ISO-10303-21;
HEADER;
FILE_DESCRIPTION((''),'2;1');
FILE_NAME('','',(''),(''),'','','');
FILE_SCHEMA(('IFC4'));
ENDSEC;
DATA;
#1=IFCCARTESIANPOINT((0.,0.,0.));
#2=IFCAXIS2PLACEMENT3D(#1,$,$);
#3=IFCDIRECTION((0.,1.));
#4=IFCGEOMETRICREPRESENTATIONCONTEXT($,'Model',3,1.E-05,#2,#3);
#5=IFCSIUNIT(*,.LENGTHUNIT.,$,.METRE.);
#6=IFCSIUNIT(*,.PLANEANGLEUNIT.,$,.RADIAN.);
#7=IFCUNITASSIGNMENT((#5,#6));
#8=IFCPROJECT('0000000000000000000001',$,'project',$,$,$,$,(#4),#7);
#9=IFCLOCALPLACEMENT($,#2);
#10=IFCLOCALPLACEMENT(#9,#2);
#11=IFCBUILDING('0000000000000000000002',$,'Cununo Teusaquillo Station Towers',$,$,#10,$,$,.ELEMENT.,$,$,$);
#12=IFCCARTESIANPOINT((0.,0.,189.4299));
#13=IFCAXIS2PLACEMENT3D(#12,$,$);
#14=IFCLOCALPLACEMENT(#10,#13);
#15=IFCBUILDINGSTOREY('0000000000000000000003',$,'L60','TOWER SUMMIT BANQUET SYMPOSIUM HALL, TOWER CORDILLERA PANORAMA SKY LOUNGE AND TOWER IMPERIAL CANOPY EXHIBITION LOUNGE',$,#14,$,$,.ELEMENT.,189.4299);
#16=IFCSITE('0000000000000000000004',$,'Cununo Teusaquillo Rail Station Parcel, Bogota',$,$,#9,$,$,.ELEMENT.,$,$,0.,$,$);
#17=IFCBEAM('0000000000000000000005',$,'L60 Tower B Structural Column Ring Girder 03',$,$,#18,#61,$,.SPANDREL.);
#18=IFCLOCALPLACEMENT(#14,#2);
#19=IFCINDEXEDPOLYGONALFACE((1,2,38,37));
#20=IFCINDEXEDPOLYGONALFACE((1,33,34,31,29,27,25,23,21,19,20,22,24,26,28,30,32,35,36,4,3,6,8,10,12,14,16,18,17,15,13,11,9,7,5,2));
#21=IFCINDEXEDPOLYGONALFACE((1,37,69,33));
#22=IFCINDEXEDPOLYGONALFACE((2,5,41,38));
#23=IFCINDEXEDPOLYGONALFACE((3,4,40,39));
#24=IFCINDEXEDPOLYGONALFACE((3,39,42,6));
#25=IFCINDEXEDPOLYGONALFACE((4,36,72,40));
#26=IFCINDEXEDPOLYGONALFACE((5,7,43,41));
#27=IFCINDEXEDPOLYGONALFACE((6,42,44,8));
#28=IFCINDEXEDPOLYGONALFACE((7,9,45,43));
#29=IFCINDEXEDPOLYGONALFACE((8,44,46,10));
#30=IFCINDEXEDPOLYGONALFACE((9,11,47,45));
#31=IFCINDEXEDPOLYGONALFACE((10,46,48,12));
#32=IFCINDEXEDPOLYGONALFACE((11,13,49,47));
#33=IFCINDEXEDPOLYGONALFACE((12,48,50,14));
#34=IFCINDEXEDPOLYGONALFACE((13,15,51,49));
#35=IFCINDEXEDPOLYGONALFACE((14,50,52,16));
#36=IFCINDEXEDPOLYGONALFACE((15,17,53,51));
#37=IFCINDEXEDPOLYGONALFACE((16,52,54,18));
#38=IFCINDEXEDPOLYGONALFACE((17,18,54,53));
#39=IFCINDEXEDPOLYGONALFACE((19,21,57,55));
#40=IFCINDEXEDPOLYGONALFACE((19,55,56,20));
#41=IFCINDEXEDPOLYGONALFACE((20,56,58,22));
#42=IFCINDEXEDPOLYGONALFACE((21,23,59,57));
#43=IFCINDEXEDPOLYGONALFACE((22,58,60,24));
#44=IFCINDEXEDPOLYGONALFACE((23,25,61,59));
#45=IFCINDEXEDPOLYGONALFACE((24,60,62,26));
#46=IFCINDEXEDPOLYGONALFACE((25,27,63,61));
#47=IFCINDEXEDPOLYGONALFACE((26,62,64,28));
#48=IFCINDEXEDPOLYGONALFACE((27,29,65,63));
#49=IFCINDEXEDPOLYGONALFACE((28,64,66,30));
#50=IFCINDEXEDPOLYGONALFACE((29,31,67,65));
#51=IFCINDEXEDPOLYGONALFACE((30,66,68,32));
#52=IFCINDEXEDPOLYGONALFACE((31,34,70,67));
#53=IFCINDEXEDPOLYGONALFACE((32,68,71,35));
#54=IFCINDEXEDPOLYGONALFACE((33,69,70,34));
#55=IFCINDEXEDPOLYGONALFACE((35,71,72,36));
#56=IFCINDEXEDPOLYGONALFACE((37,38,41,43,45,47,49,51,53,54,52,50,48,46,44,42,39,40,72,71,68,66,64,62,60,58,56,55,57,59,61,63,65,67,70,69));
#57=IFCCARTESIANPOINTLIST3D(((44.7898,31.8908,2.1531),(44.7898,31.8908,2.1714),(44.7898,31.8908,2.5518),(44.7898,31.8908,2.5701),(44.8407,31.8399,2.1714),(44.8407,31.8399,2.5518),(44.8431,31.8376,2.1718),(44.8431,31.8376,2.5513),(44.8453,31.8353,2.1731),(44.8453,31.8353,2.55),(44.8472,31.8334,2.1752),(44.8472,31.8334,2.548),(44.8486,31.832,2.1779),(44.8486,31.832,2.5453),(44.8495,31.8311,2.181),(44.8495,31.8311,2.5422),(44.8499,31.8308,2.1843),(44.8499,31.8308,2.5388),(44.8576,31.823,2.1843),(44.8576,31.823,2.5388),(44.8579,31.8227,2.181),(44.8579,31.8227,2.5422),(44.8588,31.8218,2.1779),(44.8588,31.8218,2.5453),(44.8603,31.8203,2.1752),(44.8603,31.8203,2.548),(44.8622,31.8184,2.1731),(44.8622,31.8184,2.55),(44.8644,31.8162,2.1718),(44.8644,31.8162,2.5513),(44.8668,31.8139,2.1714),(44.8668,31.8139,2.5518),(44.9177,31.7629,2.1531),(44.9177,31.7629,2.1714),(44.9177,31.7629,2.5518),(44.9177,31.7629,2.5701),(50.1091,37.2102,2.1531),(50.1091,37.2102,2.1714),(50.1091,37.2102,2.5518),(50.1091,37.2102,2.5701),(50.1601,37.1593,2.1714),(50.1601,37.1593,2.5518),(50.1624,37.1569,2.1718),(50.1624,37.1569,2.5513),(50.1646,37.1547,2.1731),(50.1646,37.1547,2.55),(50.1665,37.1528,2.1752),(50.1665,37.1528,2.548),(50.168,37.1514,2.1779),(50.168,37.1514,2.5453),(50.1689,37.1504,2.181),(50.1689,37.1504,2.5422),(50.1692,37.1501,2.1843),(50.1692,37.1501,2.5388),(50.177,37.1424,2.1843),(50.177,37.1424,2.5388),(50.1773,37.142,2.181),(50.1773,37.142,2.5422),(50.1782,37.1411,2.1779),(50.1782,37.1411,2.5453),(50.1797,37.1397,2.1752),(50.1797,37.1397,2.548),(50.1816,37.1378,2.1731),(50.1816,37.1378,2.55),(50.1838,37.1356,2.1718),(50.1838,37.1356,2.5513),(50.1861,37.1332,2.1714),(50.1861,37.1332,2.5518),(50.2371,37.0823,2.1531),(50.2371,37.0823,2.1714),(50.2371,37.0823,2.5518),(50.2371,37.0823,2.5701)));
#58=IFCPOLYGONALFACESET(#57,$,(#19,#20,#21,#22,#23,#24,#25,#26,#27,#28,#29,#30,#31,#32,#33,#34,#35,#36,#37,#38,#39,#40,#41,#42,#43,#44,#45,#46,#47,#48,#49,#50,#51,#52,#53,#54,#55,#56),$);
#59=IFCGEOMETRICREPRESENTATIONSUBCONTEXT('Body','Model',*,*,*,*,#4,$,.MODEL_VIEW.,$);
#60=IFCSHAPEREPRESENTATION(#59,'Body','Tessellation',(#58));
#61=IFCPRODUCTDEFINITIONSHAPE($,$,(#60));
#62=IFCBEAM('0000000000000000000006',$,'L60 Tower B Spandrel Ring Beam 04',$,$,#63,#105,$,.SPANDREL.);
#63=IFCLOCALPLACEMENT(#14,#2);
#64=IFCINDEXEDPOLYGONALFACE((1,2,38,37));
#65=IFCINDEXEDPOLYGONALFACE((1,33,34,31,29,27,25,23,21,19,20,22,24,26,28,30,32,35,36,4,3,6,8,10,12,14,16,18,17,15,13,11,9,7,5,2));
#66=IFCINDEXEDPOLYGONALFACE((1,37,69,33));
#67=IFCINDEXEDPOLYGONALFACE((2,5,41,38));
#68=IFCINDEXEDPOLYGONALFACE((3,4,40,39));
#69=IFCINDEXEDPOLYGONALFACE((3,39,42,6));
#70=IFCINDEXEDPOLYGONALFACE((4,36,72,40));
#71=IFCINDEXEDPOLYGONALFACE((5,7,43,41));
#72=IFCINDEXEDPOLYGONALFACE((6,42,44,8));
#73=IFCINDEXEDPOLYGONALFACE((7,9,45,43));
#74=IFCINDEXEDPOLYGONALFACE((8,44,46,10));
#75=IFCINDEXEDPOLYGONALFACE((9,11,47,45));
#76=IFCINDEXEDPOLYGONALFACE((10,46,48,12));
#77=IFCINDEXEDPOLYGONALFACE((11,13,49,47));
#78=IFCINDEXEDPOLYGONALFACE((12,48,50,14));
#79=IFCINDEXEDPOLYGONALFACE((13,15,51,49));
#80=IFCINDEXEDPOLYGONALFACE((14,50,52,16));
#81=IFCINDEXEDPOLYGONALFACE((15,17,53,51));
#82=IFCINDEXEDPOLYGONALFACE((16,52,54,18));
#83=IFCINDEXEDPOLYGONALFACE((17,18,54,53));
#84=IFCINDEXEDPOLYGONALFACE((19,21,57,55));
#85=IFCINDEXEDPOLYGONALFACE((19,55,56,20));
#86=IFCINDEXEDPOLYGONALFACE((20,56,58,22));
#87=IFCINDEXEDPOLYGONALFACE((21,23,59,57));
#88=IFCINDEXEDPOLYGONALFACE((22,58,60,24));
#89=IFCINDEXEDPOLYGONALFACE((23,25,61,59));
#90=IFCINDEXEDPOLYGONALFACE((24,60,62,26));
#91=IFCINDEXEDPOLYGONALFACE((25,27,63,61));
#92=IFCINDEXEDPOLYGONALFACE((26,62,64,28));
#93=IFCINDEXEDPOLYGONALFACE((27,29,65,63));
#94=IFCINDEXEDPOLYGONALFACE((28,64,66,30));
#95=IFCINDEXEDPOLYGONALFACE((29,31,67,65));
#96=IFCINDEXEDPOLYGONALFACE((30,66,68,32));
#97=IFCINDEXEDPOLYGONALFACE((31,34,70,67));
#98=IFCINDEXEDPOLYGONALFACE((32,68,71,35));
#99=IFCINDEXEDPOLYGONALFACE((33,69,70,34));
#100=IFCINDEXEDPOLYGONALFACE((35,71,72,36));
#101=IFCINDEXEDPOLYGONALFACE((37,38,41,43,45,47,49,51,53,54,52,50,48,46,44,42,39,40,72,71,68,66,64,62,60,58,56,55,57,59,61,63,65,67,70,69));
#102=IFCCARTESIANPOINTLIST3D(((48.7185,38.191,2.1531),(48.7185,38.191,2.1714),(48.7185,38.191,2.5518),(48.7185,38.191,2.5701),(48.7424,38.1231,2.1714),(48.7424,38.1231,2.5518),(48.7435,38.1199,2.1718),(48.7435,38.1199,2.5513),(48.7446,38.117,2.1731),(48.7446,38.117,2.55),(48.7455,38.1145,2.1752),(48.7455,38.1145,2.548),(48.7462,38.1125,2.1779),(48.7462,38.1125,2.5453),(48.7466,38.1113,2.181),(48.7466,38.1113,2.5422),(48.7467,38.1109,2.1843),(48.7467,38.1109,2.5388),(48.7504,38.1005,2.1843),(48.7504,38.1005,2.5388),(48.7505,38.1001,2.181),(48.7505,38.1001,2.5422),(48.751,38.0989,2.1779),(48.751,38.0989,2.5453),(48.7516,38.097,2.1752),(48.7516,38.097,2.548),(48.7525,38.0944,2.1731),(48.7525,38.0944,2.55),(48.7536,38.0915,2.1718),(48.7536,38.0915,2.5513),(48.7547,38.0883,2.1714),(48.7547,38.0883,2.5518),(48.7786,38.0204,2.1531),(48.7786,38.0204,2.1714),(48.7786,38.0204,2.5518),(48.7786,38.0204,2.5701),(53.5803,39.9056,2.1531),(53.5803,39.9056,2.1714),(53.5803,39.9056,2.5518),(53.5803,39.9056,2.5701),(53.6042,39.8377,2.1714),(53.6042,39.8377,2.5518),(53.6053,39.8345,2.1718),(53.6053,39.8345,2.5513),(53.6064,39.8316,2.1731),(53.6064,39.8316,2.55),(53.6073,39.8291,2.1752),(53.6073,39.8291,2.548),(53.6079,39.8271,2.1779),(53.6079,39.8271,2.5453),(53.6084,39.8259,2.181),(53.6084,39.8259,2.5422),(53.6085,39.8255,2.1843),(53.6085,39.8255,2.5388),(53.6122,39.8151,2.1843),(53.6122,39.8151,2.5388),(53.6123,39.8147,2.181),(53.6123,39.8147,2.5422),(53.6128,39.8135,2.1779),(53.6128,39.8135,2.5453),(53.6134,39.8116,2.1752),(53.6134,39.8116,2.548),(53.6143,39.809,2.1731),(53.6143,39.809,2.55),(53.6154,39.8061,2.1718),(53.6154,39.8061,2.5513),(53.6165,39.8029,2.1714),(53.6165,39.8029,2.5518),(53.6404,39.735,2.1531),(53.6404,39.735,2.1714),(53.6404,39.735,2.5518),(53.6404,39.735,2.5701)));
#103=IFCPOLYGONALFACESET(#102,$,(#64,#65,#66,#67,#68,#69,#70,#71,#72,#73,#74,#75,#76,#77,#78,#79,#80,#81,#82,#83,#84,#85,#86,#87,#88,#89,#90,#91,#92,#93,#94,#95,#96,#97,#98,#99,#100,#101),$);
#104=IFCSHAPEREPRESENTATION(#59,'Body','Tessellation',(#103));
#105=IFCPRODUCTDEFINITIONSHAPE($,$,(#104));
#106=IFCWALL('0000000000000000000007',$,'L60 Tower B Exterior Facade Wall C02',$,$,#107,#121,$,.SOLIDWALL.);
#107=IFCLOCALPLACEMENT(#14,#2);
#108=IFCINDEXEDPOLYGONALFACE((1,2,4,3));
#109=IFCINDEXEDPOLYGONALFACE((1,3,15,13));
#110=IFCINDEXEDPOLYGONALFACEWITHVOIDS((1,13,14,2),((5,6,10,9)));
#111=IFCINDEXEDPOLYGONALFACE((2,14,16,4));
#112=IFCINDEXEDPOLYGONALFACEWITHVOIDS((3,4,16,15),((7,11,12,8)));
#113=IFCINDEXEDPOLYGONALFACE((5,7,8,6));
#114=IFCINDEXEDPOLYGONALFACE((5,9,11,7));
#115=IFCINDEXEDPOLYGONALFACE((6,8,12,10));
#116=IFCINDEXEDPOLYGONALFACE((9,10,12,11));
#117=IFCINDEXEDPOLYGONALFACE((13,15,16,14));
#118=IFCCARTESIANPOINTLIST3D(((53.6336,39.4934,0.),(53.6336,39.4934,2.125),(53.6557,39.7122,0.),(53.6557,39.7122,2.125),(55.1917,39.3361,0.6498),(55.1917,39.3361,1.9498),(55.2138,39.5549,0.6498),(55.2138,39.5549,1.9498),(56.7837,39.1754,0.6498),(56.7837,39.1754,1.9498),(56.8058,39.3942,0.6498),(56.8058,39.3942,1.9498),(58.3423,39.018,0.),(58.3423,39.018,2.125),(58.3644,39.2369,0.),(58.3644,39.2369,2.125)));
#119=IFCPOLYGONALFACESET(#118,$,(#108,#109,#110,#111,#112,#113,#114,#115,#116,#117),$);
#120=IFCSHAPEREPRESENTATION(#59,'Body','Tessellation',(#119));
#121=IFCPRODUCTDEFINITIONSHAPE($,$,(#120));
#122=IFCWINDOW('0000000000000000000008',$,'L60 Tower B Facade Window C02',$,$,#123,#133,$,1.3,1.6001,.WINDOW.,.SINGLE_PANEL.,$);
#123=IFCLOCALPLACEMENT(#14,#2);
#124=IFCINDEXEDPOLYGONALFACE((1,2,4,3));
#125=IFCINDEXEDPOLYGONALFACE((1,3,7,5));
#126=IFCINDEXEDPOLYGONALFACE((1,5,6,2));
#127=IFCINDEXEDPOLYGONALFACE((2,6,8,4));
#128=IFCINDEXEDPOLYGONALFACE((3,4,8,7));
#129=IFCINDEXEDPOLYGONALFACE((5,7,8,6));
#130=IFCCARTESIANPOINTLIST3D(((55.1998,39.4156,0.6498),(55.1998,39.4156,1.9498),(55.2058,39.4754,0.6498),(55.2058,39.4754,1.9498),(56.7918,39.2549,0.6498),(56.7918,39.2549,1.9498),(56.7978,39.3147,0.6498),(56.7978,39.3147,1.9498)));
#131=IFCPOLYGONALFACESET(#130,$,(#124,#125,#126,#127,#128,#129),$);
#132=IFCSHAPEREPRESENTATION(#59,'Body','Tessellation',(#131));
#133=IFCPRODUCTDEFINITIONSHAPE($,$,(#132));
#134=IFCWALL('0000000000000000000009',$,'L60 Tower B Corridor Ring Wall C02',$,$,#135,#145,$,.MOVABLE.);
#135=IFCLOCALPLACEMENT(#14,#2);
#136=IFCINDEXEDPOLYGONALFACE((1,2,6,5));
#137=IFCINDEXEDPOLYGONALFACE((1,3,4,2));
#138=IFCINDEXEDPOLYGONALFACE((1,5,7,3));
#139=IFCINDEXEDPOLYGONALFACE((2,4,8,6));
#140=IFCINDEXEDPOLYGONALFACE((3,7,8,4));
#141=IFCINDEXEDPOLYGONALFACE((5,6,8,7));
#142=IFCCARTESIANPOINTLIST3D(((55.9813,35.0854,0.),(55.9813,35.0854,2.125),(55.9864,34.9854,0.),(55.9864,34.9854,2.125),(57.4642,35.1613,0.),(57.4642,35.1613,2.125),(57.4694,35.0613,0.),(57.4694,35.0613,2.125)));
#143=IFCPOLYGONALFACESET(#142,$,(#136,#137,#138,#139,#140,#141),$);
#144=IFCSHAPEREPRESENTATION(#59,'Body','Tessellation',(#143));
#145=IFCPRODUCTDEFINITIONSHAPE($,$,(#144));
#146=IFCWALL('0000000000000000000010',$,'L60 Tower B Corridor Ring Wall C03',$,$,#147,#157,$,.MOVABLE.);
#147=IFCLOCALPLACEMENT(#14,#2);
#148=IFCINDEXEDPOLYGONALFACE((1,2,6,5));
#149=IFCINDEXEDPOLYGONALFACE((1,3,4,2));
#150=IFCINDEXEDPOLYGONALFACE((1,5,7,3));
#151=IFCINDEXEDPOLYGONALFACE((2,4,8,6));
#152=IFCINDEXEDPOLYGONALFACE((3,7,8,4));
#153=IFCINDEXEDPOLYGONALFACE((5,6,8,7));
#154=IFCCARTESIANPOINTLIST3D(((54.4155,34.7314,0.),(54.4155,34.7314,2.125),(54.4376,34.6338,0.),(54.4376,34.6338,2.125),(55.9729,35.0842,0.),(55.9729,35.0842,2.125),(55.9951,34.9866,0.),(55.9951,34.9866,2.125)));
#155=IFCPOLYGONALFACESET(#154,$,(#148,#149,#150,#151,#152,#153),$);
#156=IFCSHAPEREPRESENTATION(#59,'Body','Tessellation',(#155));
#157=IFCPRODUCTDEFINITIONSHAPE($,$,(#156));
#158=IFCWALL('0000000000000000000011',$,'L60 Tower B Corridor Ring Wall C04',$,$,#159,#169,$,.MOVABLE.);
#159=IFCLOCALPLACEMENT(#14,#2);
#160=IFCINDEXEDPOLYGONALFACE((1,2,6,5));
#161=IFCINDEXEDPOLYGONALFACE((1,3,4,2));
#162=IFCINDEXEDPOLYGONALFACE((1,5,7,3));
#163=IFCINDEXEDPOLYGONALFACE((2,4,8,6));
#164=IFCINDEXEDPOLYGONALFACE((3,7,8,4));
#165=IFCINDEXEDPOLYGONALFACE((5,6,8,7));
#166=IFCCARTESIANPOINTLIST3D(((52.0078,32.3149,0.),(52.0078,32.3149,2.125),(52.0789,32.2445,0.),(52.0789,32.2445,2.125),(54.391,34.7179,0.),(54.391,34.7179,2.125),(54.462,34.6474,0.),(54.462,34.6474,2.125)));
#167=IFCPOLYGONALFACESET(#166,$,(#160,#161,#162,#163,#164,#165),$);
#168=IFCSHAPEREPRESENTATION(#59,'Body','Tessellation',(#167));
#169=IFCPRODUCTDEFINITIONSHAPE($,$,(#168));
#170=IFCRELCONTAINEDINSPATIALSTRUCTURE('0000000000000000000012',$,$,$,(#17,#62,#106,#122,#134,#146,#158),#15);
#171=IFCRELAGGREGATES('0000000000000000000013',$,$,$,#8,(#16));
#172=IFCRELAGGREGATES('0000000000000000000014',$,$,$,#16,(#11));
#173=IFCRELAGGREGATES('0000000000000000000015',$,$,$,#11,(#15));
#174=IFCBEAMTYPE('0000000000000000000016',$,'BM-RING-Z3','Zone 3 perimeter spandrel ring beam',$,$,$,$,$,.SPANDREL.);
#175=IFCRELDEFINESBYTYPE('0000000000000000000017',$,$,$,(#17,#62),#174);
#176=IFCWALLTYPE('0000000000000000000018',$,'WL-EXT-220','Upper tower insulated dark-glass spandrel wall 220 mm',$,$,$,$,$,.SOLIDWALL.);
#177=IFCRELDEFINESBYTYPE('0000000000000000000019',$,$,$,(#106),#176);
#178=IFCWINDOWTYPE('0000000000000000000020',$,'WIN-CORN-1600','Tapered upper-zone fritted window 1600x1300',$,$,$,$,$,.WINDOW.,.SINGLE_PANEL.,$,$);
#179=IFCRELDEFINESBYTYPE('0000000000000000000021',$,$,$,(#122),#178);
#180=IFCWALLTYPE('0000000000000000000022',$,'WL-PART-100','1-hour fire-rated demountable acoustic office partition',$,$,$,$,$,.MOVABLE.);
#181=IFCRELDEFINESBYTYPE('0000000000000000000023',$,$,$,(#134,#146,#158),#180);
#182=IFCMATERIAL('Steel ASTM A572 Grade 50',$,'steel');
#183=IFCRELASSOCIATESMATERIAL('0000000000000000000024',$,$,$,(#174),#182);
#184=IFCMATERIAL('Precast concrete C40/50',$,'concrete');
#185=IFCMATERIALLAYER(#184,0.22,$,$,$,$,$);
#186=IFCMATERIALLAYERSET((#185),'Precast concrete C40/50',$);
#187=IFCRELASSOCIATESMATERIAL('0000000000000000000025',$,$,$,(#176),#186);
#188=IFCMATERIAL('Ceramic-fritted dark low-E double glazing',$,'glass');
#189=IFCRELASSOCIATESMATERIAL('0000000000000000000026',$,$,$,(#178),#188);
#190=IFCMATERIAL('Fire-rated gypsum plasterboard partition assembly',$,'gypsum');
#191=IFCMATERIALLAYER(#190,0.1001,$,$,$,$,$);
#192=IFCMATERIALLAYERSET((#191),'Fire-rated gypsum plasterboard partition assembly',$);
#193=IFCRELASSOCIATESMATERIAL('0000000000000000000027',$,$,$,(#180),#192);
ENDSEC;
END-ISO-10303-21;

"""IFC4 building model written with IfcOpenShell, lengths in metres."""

from ifc_helpers import new_model, si_unit, direction, frame, frame_2d, origin, origin_2d, place, context, subcontext, project, spatial, rectangle, i_section, extrude, source, transform, mapped, material, layer, layer_set, material_profile, profile_set, type_object, element, fill, save


model = new_model("IFC4")

# Units and contexts
model_context = context("Model", 3, precision=1e-05, world=origin(), true_north=direction((0.0, 1.0)))
body_context = subcontext(model_context, "Body", "Model", "MODEL_VIEW")
ifc_project = project(units=[si_unit("LENGTHUNIT", "METRE"), si_unit("PLANEANGLEUNIT", "RADIAN")], contexts=[model_context])

# Site, building, storey
site_placement = place(None, origin())
site = spatial("IfcSite", under=ifc_project, at=site_placement, Name="Cununo Teusaquillo Rail Station Parcel, Bogota", CompositionType="ELEMENT", RefElevation=0.0)
building_placement = place(site_placement, origin())
building = spatial("IfcBuilding", under=site, at=building_placement, Name="Cununo Teusaquillo Station Towers", CompositionType="ELEMENT")
storey_placement = place(building_placement, frame((0.0, 0.0, 189.4299)))
storey = spatial("IfcBuildingStorey", under=building, at=storey_placement, Name="L60", Description="TOWER SUMMIT BANQUET SYMPOSIUM HALL, TOWER CORDILLERA PANORAMA SKY LOUNGE AND TOWER IMPERIAL CANOPY EXHIBITION LOUNGE", CompositionType="ELEMENT", Elevation=189.4299)

# Beams
ifc_material_1 = material(Name="Steel ASTM A572 Grade 50", Category="steel")
ifc_material_profile_1 = material_profile(ifc_material_1, i_section(OverallWidth=0.1809, OverallDepth=0.417, WebThickness=0.011, FlangeThickness=0.0183, FilletRadius=0.0129, at=origin_2d()), Name="W16X57")
ifc_profile_set_1 = profile_set([ifc_material_profile_1], Name="Steel ASTM A572 Grade 50")
beam_type_1 = type_object("IfcBeamType", Name="BM-RING-Z3", Description="Zone 3 perimeter spandrel ring beam", PredefinedType="SPANDREL", material=ifc_profile_set_1)
beam_1_placement = place(storey_placement, frame((50.1731, 37.1462, 2.3616), z_axis=(-0.707107, -0.707107, 0.0), x_axis=(0.707107, -0.707107, 0.0)))
element("IfcBeam", 1, at=beam_1_placement, inside=storey, type_object=beam_type_1, Name="L60 Tower B Structural Column Ring Girder 03", PredefinedType="SPANDREL", context=body_context, shape_type="SweptSolid", body=[
    extrude(i_section(OverallWidth=0.1809, OverallDepth=0.417, WebThickness=0.011, FlangeThickness=0.0183, FilletRadius=0.0129, at=origin_2d()), origin(), (0.0, 0.0, 1.0), 7.5227),
])
beam_2_placement = place(storey_placement, frame((53.6104, 39.8203, 2.3616), z_axis=(-0.943072, -0.33259, 0.0), x_axis=(0.33259, -0.943072, 0.0)))
element("IfcBeam", 2, at=beam_2_placement, inside=storey, type_object=beam_type_1, Name="L60 Tower B Spandrel Ring Beam 04", PredefinedType="SPANDREL", context=body_context, shape_type="SweptSolid", body=[
    extrude(i_section(OverallWidth=0.1809, OverallDepth=0.417, WebThickness=0.011, FlangeThickness=0.0183, FilletRadius=0.0129, at=origin_2d()), origin(), (0.0, 0.0, 1.0), 5.1553),
])

# Wall, opening, window
ifc_material_2 = material(Name="Precast concrete C40/50", Category="concrete")
ifc_layer_1 = layer(ifc_material_2, 0.22)
ifc_layer_set_1 = layer_set([ifc_layer_1], Name="Precast concrete C40/50")
wall_type_1 = type_object("IfcWallType", Name="WL-EXT-220", Description="Upper tower insulated dark-glass spandrel wall 220 mm", PredefinedType="SOLIDWALL", material=ifc_layer_set_1)
wall_1_placement = place(storey_placement, frame((53.6448, 39.6028, 0.0), z_axis=(0.0, 0.0, 1.0), x_axis=(0.994943, -0.100438, 0.0)))
wall_1 = element("IfcWall", 3, at=wall_1_placement, inside=storey, type_object=wall_type_1, Name="L60 Tower B Exterior Facade Wall C02", PredefinedType="SOLIDWALL", context=body_context, shape_type="SweptSolid", body=[
    extrude(rectangle(XDim=4.7327, YDim=0.22, at=frame_2d((2.3662, 0.0))), origin(), (0.0, 0.0, 1.0), 2.125),
])
shared_shape_1 = source(origin(), body_context, "Body", "SweptSolid", [
    extrude(rectangle(XDim=1.6001, YDim=1.3, at=frame_2d((0.8, 0.6499))), frame((0.0, 0.1199, 0.0), z_axis=(0.0, -1.0, 0.0), x_axis=(1.0, 0.0, 0.0)), (0.0, 0.0, 1.0), 0.24),
])
opening_1_placement = place(wall_1_placement, frame((1.5659, 0.0, 0.6499)))
opening_1 = element("IfcOpeningElement", 4, at=opening_1_placement, cuts=wall_1, PredefinedType="OPENING", context=body_context, shape_type="MappedRepresentation", body=[
    mapped(shared_shape_1, transform((0.0, 0.0, 0.0), x_axis=(1.0, 0.0, 0.0), y_axis=(0.0, 1.0, 0.0), z_axis=(0.0, 0.0, 1.0), scale=1.0)),
])
ifc_material_3 = material(Name="Ceramic-fritted dark low-E double glazing", Category="glass")
window_type = type_object("IfcWindowType", Name="WIN-CORN-1600", Description="Tapered upper-zone fritted window 1600x1300", PartitioningType="SINGLE_PANEL", PredefinedType="WINDOW", material=ifc_material_3)
shared_shape_2 = source(origin(), body_context, "Body", "SweptSolid", [
    extrude(rectangle(XDim=1.6001, YDim=1.3, at=frame_2d((0.8, 0.6499))), frame((0.0, 0.03, 0.0), z_axis=(0.0, -1.0, 0.0), x_axis=(1.0, 0.0, 0.0)), (0.0, 0.0, 1.0), 0.0601),
])
window_placement = place(opening_1_placement, origin())
window = element("IfcWindow", 5, at=window_placement, inside=storey, type_object=window_type, Name="L60 Tower B Facade Window C02", OverallHeight=1.3, OverallWidth=1.6001, PartitioningType="SINGLE_PANEL", PredefinedType="WINDOW", context=body_context, shape_type="MappedRepresentation", body=[
    mapped(shared_shape_2, transform((0.0, 0.0, 0.0), x_axis=(1.0, 0.0, 0.0), y_axis=(0.0, 1.0, 0.0), z_axis=(0.0, 0.0, 1.0), scale=1.0)),
])
fill(opening_1, window)

# Walls
ifc_material_4 = material(Name="Fire-rated gypsum plasterboard partition assembly", Category="gypsum")
ifc_layer_2 = layer(ifc_material_4, 0.1001)
ifc_layer_set_2 = layer_set([ifc_layer_2], Name="Fire-rated gypsum plasterboard partition assembly")
wall_type_2 = type_object("IfcWallType", Name="WL-PART-100", Description="1-hour fire-rated demountable acoustic office partition", PredefinedType="MOVABLE", material=ifc_layer_set_2)
wall_2_placement = place(storey_placement, frame((57.4668, 35.1113, 0.0), z_axis=(0.0, 0.0, 1.0), x_axis=(-0.998692, -0.051135, 0.0)))
element("IfcWall", 6, at=wall_2_placement, inside=storey, type_object=wall_type_2, Name="L60 Tower B Corridor Ring Wall C02", PredefinedType="MOVABLE", context=body_context, shape_type="SweptSolid", body=[
    extrude(rectangle(XDim=1.4849, YDim=0.1001, at=frame_2d((0.7424, 0.0))), origin(), (0.0, 0.0, 1.0), 2.125),
])
wall_3_placement = place(storey_placement, frame((55.9839, 35.0354, 0.0), z_axis=(0.0, 0.0, 1.0), x_axis=(-0.97529, -0.220927, 0.0)))
element("IfcWall", 7, at=wall_3_placement, inside=storey, type_object=wall_type_2, Name="L60 Tower B Corridor Ring Wall C03", PredefinedType="MOVABLE", context=body_context, shape_type="SweptSolid", body=[
    extrude(rectangle(XDim=1.5969, YDim=0.1001, at=frame_2d((0.7983, 0.0))), origin(), (0.0, 0.0, 1.0), 2.125),
])
wall_4_placement = place(storey_placement, frame((54.4265, 34.6826, 0.0), z_axis=(0.0, 0.0, 1.0), x_axis=(-0.704179, -0.710022, 0.0)))
element("IfcWall", 8, at=wall_4_placement, inside=storey, type_object=wall_type_2, Name="L60 Tower B Corridor Ring Wall C04", PredefinedType="MOVABLE", context=body_context, shape_type="SweptSolid", body=[
    extrude(rectangle(XDim=3.3843, YDim=0.1001, at=frame_2d((1.6921, 0.0))), origin(), (0.0, 0.0, 1.0), 2.125),
])

save(model, "model.ifc")
